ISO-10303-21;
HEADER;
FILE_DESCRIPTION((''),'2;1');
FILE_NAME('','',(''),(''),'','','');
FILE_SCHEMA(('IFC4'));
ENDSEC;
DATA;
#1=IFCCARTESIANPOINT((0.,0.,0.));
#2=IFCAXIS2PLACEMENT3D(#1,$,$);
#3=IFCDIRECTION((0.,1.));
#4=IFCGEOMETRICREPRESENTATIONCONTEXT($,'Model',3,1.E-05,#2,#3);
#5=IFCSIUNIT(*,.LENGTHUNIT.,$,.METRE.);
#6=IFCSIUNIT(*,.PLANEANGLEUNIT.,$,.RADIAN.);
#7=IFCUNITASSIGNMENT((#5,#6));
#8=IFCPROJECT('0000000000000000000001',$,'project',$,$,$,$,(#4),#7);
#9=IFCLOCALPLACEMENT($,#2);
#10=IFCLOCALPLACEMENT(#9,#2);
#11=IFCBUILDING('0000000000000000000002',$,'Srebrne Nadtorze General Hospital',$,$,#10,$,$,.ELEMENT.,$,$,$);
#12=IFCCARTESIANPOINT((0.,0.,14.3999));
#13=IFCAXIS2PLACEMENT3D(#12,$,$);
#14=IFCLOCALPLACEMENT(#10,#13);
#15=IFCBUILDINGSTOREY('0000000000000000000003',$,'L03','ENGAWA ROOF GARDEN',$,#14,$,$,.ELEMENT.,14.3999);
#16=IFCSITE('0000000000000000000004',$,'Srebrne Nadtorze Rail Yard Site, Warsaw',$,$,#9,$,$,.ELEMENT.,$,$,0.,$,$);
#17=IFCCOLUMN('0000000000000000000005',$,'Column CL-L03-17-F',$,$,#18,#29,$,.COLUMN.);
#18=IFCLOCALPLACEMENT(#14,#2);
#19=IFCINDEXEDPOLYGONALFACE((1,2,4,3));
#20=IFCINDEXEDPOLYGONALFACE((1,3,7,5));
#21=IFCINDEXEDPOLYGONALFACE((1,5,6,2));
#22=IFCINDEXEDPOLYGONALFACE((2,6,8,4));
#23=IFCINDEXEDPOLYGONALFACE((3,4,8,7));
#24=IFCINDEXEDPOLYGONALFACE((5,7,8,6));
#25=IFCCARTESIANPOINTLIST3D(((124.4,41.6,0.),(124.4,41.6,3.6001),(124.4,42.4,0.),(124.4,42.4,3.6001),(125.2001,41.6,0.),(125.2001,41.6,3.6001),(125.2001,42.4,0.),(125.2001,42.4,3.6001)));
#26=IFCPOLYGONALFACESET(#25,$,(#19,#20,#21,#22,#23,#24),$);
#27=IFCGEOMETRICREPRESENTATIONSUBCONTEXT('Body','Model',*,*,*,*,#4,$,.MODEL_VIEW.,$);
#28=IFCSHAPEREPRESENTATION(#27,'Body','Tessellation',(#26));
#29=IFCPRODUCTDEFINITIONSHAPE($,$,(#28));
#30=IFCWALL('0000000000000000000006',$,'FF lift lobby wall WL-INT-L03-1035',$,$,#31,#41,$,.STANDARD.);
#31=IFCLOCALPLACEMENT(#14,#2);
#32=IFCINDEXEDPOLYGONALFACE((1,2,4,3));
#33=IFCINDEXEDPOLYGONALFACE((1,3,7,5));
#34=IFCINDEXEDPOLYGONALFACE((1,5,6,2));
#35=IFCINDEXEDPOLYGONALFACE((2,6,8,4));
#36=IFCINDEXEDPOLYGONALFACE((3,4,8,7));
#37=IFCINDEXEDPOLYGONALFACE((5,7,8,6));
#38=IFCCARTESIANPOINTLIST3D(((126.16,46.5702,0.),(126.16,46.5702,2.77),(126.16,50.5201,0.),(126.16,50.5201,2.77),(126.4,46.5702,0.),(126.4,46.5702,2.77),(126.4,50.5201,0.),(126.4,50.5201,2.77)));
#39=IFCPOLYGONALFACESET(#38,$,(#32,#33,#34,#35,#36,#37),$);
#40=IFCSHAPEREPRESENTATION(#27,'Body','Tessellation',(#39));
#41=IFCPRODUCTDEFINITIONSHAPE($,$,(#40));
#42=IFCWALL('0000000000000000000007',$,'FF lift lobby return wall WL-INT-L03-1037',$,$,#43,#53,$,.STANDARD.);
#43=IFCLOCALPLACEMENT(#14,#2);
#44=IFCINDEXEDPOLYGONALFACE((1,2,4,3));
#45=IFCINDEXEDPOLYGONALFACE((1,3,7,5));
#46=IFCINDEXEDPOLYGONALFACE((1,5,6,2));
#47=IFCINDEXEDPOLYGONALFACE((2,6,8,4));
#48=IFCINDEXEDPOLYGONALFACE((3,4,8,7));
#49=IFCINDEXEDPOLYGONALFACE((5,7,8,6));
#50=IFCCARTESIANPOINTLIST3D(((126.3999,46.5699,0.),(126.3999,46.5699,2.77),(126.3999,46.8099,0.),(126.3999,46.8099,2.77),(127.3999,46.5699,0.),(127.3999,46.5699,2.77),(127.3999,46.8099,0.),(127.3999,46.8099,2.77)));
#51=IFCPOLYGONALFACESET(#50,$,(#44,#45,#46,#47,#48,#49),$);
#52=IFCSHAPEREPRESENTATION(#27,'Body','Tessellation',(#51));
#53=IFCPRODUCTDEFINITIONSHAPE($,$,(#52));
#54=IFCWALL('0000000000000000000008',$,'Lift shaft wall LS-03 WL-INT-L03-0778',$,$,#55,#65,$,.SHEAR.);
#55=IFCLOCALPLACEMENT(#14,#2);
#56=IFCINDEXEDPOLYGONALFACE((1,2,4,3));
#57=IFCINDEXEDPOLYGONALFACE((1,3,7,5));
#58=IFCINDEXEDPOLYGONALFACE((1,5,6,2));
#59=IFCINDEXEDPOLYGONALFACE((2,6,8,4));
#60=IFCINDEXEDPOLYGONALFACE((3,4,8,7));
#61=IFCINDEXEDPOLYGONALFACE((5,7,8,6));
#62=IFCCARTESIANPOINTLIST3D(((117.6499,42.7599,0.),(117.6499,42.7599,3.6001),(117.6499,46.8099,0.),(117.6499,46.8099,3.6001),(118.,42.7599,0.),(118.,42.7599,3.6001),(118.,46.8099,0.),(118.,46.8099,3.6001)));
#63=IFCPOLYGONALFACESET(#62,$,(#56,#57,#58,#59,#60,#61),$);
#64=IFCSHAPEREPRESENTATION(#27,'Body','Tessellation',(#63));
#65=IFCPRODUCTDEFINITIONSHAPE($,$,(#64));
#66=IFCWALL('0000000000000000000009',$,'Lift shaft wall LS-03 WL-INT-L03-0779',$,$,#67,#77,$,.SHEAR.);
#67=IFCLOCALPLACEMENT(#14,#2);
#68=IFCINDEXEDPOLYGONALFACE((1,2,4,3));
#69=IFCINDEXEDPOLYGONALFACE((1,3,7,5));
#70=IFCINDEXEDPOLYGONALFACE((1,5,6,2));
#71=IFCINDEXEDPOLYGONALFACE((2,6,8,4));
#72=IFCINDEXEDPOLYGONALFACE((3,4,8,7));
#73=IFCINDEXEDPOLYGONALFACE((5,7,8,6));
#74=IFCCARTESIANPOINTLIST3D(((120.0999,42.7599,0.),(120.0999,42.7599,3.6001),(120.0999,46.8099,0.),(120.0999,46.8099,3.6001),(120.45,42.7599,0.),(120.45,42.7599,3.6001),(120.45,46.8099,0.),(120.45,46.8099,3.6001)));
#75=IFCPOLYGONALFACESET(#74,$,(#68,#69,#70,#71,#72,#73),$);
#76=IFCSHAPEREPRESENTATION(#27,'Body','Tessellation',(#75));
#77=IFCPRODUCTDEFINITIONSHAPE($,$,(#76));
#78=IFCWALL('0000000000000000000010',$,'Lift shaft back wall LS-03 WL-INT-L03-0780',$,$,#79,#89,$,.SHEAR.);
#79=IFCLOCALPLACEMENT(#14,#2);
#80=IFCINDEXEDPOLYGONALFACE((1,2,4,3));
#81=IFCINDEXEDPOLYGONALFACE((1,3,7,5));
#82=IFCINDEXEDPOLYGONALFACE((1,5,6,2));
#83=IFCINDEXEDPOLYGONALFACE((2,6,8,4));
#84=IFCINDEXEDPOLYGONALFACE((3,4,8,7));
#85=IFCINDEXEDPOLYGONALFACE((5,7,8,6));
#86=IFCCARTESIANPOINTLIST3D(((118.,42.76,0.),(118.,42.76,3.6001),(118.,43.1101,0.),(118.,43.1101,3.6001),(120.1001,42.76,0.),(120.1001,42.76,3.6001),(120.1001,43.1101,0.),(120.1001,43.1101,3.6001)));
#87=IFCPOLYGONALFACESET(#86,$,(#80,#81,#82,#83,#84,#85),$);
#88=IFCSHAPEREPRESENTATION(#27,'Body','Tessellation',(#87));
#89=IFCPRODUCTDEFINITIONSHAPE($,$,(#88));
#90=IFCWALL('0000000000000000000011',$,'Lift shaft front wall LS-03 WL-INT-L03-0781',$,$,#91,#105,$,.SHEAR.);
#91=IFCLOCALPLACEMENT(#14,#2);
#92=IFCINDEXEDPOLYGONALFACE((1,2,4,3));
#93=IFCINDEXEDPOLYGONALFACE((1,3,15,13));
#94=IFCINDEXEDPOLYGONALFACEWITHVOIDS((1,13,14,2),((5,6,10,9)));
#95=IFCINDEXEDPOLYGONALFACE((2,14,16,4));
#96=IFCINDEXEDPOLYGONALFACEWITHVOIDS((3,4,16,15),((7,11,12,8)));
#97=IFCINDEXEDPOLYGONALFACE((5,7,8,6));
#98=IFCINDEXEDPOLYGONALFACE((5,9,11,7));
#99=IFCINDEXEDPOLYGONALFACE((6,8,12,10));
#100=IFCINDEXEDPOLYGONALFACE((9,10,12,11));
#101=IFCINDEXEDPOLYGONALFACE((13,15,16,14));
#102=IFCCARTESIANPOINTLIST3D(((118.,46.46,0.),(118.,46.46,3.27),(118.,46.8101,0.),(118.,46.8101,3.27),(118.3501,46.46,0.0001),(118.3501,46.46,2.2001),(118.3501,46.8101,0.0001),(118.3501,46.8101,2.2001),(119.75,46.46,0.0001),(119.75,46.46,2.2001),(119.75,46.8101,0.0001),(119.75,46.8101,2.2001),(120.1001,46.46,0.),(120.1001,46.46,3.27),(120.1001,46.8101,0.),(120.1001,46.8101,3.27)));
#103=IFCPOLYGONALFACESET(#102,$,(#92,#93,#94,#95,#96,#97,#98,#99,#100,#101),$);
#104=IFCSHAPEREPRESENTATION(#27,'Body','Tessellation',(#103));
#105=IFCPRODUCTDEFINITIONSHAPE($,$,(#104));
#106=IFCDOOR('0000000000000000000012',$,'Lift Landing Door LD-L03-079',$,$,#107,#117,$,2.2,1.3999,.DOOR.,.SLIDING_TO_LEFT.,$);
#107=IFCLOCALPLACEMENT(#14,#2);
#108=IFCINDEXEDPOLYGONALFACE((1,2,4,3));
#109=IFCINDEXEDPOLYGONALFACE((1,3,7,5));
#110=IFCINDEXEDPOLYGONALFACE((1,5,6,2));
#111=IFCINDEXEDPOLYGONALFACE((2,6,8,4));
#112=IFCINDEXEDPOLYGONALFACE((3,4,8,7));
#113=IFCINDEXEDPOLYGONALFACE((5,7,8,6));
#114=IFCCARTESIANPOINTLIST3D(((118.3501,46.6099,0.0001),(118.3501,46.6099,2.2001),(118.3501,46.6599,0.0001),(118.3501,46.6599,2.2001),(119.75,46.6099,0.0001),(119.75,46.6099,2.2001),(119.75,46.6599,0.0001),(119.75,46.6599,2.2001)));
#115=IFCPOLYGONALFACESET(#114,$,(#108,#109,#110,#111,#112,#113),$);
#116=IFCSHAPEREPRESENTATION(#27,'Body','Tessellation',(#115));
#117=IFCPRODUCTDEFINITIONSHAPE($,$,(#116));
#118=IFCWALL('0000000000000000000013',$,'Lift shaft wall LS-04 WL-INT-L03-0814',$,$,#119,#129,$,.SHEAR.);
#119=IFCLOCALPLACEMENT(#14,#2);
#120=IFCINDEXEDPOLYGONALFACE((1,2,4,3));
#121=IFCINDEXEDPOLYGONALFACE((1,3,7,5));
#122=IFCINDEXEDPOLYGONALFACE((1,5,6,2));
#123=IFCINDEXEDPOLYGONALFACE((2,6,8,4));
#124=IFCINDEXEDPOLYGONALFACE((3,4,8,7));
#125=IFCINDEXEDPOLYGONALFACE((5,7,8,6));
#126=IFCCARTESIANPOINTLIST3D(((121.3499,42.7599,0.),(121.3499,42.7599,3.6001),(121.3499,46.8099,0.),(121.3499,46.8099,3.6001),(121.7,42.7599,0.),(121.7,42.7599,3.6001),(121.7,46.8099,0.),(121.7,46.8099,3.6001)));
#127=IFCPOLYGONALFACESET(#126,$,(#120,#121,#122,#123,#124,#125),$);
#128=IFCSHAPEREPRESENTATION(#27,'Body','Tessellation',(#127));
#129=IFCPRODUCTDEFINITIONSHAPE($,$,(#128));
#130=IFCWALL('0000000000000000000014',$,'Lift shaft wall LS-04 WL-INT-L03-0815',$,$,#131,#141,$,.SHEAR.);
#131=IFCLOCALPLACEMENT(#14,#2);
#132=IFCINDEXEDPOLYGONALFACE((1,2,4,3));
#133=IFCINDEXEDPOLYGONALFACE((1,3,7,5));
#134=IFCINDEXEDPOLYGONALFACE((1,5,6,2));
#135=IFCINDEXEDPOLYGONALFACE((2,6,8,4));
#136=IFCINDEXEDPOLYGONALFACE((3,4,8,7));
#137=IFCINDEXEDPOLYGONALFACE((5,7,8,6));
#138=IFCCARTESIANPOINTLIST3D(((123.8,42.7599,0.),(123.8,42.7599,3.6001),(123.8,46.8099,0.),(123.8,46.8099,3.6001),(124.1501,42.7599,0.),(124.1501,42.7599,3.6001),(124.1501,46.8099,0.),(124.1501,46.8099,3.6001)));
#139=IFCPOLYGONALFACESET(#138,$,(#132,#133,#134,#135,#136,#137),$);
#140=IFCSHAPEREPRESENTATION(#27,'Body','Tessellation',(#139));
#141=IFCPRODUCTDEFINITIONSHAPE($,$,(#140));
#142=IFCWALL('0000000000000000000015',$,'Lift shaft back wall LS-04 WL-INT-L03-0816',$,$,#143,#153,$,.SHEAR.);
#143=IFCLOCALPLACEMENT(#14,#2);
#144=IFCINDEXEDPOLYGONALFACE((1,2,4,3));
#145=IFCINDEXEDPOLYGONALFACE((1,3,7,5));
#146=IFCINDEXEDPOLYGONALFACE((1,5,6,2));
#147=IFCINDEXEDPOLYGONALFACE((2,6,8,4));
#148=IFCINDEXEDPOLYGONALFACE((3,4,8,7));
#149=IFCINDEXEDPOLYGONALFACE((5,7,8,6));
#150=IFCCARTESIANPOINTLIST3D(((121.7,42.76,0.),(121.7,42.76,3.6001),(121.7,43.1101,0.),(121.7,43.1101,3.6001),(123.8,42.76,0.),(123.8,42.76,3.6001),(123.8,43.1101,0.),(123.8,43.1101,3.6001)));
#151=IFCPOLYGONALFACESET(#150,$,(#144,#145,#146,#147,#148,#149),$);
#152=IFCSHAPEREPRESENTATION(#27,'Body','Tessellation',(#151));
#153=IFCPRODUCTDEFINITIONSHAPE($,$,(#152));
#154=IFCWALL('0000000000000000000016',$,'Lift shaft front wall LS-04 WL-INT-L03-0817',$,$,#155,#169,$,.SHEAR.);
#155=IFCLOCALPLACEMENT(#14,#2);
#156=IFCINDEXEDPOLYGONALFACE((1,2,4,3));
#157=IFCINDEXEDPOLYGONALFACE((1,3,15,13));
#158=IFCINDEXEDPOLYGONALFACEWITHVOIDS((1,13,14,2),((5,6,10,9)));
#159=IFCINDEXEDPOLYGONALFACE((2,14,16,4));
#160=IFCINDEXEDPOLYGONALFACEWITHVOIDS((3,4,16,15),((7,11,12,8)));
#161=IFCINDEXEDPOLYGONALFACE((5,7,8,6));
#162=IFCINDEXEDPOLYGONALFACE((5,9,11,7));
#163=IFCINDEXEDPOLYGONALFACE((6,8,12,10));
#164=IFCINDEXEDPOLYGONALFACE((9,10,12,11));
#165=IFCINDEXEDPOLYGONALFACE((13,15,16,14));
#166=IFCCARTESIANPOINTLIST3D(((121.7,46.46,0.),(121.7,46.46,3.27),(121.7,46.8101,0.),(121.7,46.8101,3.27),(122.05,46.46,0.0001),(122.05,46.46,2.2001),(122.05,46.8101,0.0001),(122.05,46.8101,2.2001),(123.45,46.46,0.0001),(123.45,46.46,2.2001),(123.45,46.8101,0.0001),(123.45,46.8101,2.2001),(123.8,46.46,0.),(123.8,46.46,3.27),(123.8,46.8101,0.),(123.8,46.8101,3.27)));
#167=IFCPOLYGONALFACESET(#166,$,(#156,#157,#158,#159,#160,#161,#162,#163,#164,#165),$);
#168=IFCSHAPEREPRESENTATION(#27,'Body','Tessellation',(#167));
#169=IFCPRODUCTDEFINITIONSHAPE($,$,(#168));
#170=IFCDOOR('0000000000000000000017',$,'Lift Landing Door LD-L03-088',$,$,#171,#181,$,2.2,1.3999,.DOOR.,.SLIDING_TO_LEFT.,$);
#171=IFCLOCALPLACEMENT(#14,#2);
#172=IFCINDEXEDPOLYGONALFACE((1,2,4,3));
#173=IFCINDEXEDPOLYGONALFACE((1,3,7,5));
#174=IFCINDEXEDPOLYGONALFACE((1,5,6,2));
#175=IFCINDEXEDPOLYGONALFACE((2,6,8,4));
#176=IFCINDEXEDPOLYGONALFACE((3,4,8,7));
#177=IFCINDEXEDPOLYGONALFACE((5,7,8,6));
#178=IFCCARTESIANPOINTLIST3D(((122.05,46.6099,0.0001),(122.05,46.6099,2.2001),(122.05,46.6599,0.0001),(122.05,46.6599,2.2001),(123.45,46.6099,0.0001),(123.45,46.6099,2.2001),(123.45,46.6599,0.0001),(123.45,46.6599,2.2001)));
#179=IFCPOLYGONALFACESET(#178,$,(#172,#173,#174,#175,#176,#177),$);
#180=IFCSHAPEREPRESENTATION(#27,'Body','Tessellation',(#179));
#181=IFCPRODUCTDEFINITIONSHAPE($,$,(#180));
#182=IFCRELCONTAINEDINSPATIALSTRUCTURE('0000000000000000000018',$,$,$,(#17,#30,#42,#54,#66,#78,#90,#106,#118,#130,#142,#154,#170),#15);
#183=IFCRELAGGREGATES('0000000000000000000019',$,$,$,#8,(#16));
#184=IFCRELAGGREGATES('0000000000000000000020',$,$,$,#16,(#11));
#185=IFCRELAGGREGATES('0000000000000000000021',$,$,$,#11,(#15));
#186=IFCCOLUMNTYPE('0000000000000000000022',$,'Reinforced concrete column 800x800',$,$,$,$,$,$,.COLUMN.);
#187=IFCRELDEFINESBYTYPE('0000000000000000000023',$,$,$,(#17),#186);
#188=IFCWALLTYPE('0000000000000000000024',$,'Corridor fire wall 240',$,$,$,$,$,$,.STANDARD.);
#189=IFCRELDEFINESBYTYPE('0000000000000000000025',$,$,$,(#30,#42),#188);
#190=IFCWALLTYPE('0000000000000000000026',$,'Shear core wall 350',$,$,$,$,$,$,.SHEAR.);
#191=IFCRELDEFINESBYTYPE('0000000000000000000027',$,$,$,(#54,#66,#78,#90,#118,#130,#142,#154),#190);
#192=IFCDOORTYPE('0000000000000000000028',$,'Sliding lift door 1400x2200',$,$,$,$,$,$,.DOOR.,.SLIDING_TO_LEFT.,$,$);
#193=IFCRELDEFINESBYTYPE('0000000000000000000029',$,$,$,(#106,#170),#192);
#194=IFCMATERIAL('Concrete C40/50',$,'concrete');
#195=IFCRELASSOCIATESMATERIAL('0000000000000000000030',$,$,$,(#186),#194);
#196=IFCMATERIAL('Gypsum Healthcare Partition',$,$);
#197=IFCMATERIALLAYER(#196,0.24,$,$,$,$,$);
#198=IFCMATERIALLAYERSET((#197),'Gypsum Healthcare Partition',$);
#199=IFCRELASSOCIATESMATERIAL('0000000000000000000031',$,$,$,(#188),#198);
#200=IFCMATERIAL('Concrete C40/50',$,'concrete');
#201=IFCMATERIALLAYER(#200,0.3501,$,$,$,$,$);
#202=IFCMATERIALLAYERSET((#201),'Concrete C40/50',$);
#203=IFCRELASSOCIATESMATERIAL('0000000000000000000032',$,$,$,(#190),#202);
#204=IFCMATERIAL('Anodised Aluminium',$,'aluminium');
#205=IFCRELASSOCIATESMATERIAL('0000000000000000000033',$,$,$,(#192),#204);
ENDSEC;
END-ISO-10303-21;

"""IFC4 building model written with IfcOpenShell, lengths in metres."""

from ifc_helpers import new_model, si_unit, direction, frame, frame_2d, origin, origin_2d, place, context, subcontext, project, spatial, rectangle, extrude, material, layer, layer_set, material_profile, profile_set, type_object, element, fill, save


model = new_model("IFC4")

# Units and contexts
model_context = context("Model", 3, precision=1e-05, world=origin(), true_north=direction((0.0, 1.0)))
body_context = subcontext(model_context, "Body", "Model", "MODEL_VIEW")
ifc_project = project(units=[si_unit("LENGTHUNIT", "METRE"), si_unit("PLANEANGLEUNIT", "RADIAN")], contexts=[model_context])

# Site, building, storey
site_placement = place(None, origin())
site = spatial("IfcSite", under=ifc_project, at=site_placement, Name="Srebrne Nadtorze Rail Yard Site, Warsaw", CompositionType="ELEMENT", RefElevation=0.0)
building_placement = place(site_placement, origin())
building = spatial("IfcBuilding", under=site, at=building_placement, Name="Srebrne Nadtorze General Hospital", CompositionType="ELEMENT")
storey_placement = place(building_placement, frame((0.0, 0.0, 14.3999)))
storey = spatial("IfcBuildingStorey", under=building, at=storey_placement, Name="L03", Description="ENGAWA ROOF GARDEN", CompositionType="ELEMENT", Elevation=14.3999)

# Column
ifc_material_1 = material(Name="Concrete C40/50", Category="concrete")
ifc_material_profile = material_profile(ifc_material_1, rectangle(XDim=0.8, YDim=0.8, at=origin_2d()), Name="RC-COL-800x800")
ifc_profile_set = profile_set([ifc_material_profile], Name="Concrete C40/50")
column_type = type_object("IfcColumnType", Name="Reinforced concrete column 800x800", PredefinedType="COLUMN", material=ifc_profile_set)
column_placement = place(storey_placement, frame((124.8, 42.0, 0.0), z_axis=(0.0, 0.0, 1.0), x_axis=(1.0, 0.0, 0.0)))
element("IfcColumn", 1, at=column_placement, inside=storey, type_object=column_type, Name="Column CL-L03-17-F", PredefinedType="COLUMN", context=body_context, shape_type="SweptSolid", body=[
    extrude(rectangle(XDim=0.8, YDim=0.8, at=origin_2d()), origin(), (0.0, 0.0, 1.0), 3.6001),
])

# Walls
ifc_material_2 = material(Name="Gypsum Healthcare Partition")
ifc_layer_1 = layer(ifc_material_2, 0.24)
ifc_layer_set_1 = layer_set([ifc_layer_1], Name="Gypsum Healthcare Partition")
wall_type_1 = type_object("IfcWallType", Name="Corridor fire wall 240", PredefinedType="STANDARD", material=ifc_layer_set_1)
wall_1_placement = place(storey_placement, frame((126.28, 46.5701, 0.0), z_axis=(0.0, 0.0, 1.0), x_axis=(0.0, 1.0, 0.0)))
element("IfcWall", 2, at=wall_1_placement, inside=storey, type_object=wall_type_1, Name="FF lift lobby wall WL-INT-L03-1035", PredefinedType="STANDARD", context=body_context, shape_type="SweptSolid", body=[
    extrude(rectangle(XDim=3.95, YDim=0.24, at=frame_2d((1.9751, 0.0))), origin(), (0.0, 0.0, 1.0), 2.77),
])
wall_2_placement = place(storey_placement, frame((126.3999, 46.6899, 0.0), z_axis=(0.0, 0.0, 1.0), x_axis=(1.0, 0.0, 0.0)))
element("IfcWall", 3, at=wall_2_placement, inside=storey, type_object=wall_type_1, Name="FF lift lobby return wall WL-INT-L03-1037", PredefinedType="STANDARD", context=body_context, shape_type="SweptSolid", body=[
    extrude(rectangle(XDim=1.0, YDim=0.24, at=frame_2d((0.5, 0.0))), origin(), (0.0, 0.0, 1.0), 2.77),
])
ifc_material_3 = material(Name="Concrete C40/50", Category="concrete")
ifc_layer_2 = layer(ifc_material_3, 0.3501)
ifc_layer_set_2 = layer_set([ifc_layer_2], Name="Concrete C40/50")
wall_type_2 = type_object("IfcWallType", Name="Shear core wall 350", PredefinedType="SHEAR", material=ifc_layer_set_2)
for number, where, z_axis, x_axis, name in (
    (4, (117.825, 42.76, 0.0), (0.0, 0.0, 1.0), (0.0, 1.0, 0.0), "Lift shaft wall LS-03 WL-INT-L03-0778"),
    (5, (120.2749, 42.76, 0.0), (0.0, 0.0, 1.0), (0.0, 1.0, 0.0), "Lift shaft wall LS-03 WL-INT-L03-0779"),
):
    element("IfcWall", number, at=place(storey_placement, frame(where, z_axis=z_axis, x_axis=x_axis)), inside=storey, type_object=wall_type_2, Name=name, PredefinedType="SHEAR", context=body_context, shape_type="SweptSolid", body=[
        extrude(rectangle(XDim=4.05, YDim=0.3501, at=frame_2d((2.0249, 0.0))), origin(), (0.0, 0.0, 1.0), 3.6001),
    ])
wall_3_placement = place(storey_placement, frame((118.0, 42.9351, 0.0), z_axis=(0.0, 0.0, 1.0), x_axis=(1.0, 0.0, 0.0)))
element("IfcWall", 6, at=wall_3_placement, inside=storey, type_object=wall_type_2, Name="Lift shaft back wall LS-03 WL-INT-L03-0780", PredefinedType="SHEAR", context=body_context, shape_type="SweptSolid", body=[
    extrude(rectangle(XDim=2.1001, YDim=0.3501, at=frame_2d((1.05, 0.0))), origin(), (0.0, 0.0, 1.0), 3.6001),
])

# Wall, opening, door
wall_4_placement = place(storey_placement, frame((118.0, 46.635, 0.0), z_axis=(0.0, 0.0, 1.0), x_axis=(1.0, 0.0, 0.0)))
wall_4 = element("IfcWall", 7, at=wall_4_placement, inside=storey, type_object=wall_type_2, Name="Lift shaft front wall LS-03 WL-INT-L03-0781", PredefinedType="SHEAR", context=body_context, shape_type="SweptSolid", body=[
    extrude(rectangle(XDim=2.1001, YDim=0.3501, at=frame_2d((1.05, 0.0))), origin(), (0.0, 0.0, 1.0), 3.27),
])
opening_1_placement = place(wall_4_placement, frame((0.3501, 0.0, 0.0)))
opening_1 = element("IfcOpeningElement", 8, at=opening_1_placement, cuts=wall_4, PredefinedType="OPENING", context=body_context, shape_type="SweptSolid", body=[
    extrude(rectangle(XDim=1.3999, YDim=2.2, at=frame_2d((0.7, 1.1001))), frame((0.0, 0.187, 0.0), z_axis=(0.0, -1.0, 0.0), x_axis=(1.0, 0.0, 0.0)), (0.0, 0.0, 1.0), 0.374),
])
ifc_material_4 = material(Name="Anodised Aluminium", Category="aluminium")
door_type_1 = type_object("IfcDoorType", Name="Sliding lift door 1400x2200", OperationType="SLIDING_TO_LEFT", PredefinedType="DOOR", material=ifc_material_4)
door_1_placement = place(opening_1_placement, origin())
door_1 = element("IfcDoor", 9, at=door_1_placement, inside=storey, type_object=door_type_1, Name="Lift Landing Door LD-L03-079", OperationType="SLIDING_TO_LEFT", OverallHeight=2.2, OverallWidth=1.3999, PredefinedType="DOOR", context=body_context, shape_type="SweptSolid", body=[
    extrude(rectangle(XDim=1.3999, YDim=2.2, at=frame_2d((0.7, 1.1001))), frame((0.0, 0.0249, 0.0), z_axis=(0.0, -1.0, 0.0), x_axis=(1.0, 0.0, 0.0)), (0.0, 0.0, 1.0), 0.05),
])
fill(opening_1, door_1)

# Walls
for number, where, z_axis, x_axis, name in (
    (10, (121.5249, 42.76, 0.0), (0.0, 0.0, 1.0), (0.0, 1.0, 0.0), "Lift shaft wall LS-04 WL-INT-L03-0814"),
    (11, (123.9751, 42.76, 0.0), (0.0, 0.0, 1.0), (0.0, 1.0, 0.0), "Lift shaft wall LS-04 WL-INT-L03-0815"),
):
    element("IfcWall", number, at=place(storey_placement, frame(where, z_axis=z_axis, x_axis=x_axis)), inside=storey, type_object=wall_type_2, Name=name, PredefinedType="SHEAR", context=body_context, shape_type="SweptSolid", body=[
        extrude(rectangle(XDim=4.05, YDim=0.3501, at=frame_2d((2.0249, 0.0))), origin(), (0.0, 0.0, 1.0), 3.6001),
    ])
wall_5_placement = place(storey_placement, frame((121.7, 42.9351, 0.0), z_axis=(0.0, 0.0, 1.0), x_axis=(1.0, 0.0, 0.0)))
element("IfcWall", 12, at=wall_5_placement, inside=storey, type_object=wall_type_2, Name="Lift shaft back wall LS-04 WL-INT-L03-0816", PredefinedType="SHEAR", context=body_context, shape_type="SweptSolid", body=[
    extrude(rectangle(XDim=2.1001, YDim=0.3501, at=frame_2d((1.05, 0.0))), origin(), (0.0, 0.0, 1.0), 3.6001),
])

# Wall, opening, door
wall_6_placement = place(storey_placement, frame((121.7, 46.635, 0.0), z_axis=(0.0, 0.0, 1.0), x_axis=(1.0, 0.0, 0.0)))
wall_6 = element("IfcWall", 13, at=wall_6_placement, inside=storey, type_object=wall_type_2, Name="Lift shaft front wall LS-04 WL-INT-L03-0817", PredefinedType="SHEAR", context=body_context, shape_type="SweptSolid", body=[
    extrude(rectangle(XDim=2.1001, YDim=0.3501, at=frame_2d((1.05, 0.0))), origin(), (0.0, 0.0, 1.0), 3.27),
])
opening_2_placement = place(wall_6_placement, frame((0.3501, 0.0, 0.0)))
opening_2 = element("IfcOpeningElement", 14, at=opening_2_placement, cuts=wall_6, PredefinedType="OPENING", context=body_context, shape_type="SweptSolid", body=[
    extrude(rectangle(XDim=1.3999, YDim=2.2, at=frame_2d((0.7, 1.1001))), frame((0.0, 0.187, 0.0), z_axis=(0.0, -1.0, 0.0), x_axis=(1.0, 0.0, 0.0)), (0.0, 0.0, 1.0), 0.374),
])
door_2_placement = place(opening_2_placement, origin())
door_2 = element("IfcDoor", 15, at=door_2_placement, inside=storey, type_object=door_type_1, Name="Lift Landing Door LD-L03-088", OperationType="SLIDING_TO_LEFT", OverallHeight=2.2, OverallWidth=1.3999, PredefinedType="DOOR", context=body_context, shape_type="SweptSolid", body=[
    extrude(rectangle(XDim=1.3999, YDim=2.2, at=frame_2d((0.7, 1.1001))), frame((0.0, 0.0249, 0.0), z_axis=(0.0, -1.0, 0.0), x_axis=(1.0, 0.0, 0.0)), (0.0, 0.0, 1.0), 0.05),
])
fill(opening_2, door_2)

save(model, "model.ifc")
